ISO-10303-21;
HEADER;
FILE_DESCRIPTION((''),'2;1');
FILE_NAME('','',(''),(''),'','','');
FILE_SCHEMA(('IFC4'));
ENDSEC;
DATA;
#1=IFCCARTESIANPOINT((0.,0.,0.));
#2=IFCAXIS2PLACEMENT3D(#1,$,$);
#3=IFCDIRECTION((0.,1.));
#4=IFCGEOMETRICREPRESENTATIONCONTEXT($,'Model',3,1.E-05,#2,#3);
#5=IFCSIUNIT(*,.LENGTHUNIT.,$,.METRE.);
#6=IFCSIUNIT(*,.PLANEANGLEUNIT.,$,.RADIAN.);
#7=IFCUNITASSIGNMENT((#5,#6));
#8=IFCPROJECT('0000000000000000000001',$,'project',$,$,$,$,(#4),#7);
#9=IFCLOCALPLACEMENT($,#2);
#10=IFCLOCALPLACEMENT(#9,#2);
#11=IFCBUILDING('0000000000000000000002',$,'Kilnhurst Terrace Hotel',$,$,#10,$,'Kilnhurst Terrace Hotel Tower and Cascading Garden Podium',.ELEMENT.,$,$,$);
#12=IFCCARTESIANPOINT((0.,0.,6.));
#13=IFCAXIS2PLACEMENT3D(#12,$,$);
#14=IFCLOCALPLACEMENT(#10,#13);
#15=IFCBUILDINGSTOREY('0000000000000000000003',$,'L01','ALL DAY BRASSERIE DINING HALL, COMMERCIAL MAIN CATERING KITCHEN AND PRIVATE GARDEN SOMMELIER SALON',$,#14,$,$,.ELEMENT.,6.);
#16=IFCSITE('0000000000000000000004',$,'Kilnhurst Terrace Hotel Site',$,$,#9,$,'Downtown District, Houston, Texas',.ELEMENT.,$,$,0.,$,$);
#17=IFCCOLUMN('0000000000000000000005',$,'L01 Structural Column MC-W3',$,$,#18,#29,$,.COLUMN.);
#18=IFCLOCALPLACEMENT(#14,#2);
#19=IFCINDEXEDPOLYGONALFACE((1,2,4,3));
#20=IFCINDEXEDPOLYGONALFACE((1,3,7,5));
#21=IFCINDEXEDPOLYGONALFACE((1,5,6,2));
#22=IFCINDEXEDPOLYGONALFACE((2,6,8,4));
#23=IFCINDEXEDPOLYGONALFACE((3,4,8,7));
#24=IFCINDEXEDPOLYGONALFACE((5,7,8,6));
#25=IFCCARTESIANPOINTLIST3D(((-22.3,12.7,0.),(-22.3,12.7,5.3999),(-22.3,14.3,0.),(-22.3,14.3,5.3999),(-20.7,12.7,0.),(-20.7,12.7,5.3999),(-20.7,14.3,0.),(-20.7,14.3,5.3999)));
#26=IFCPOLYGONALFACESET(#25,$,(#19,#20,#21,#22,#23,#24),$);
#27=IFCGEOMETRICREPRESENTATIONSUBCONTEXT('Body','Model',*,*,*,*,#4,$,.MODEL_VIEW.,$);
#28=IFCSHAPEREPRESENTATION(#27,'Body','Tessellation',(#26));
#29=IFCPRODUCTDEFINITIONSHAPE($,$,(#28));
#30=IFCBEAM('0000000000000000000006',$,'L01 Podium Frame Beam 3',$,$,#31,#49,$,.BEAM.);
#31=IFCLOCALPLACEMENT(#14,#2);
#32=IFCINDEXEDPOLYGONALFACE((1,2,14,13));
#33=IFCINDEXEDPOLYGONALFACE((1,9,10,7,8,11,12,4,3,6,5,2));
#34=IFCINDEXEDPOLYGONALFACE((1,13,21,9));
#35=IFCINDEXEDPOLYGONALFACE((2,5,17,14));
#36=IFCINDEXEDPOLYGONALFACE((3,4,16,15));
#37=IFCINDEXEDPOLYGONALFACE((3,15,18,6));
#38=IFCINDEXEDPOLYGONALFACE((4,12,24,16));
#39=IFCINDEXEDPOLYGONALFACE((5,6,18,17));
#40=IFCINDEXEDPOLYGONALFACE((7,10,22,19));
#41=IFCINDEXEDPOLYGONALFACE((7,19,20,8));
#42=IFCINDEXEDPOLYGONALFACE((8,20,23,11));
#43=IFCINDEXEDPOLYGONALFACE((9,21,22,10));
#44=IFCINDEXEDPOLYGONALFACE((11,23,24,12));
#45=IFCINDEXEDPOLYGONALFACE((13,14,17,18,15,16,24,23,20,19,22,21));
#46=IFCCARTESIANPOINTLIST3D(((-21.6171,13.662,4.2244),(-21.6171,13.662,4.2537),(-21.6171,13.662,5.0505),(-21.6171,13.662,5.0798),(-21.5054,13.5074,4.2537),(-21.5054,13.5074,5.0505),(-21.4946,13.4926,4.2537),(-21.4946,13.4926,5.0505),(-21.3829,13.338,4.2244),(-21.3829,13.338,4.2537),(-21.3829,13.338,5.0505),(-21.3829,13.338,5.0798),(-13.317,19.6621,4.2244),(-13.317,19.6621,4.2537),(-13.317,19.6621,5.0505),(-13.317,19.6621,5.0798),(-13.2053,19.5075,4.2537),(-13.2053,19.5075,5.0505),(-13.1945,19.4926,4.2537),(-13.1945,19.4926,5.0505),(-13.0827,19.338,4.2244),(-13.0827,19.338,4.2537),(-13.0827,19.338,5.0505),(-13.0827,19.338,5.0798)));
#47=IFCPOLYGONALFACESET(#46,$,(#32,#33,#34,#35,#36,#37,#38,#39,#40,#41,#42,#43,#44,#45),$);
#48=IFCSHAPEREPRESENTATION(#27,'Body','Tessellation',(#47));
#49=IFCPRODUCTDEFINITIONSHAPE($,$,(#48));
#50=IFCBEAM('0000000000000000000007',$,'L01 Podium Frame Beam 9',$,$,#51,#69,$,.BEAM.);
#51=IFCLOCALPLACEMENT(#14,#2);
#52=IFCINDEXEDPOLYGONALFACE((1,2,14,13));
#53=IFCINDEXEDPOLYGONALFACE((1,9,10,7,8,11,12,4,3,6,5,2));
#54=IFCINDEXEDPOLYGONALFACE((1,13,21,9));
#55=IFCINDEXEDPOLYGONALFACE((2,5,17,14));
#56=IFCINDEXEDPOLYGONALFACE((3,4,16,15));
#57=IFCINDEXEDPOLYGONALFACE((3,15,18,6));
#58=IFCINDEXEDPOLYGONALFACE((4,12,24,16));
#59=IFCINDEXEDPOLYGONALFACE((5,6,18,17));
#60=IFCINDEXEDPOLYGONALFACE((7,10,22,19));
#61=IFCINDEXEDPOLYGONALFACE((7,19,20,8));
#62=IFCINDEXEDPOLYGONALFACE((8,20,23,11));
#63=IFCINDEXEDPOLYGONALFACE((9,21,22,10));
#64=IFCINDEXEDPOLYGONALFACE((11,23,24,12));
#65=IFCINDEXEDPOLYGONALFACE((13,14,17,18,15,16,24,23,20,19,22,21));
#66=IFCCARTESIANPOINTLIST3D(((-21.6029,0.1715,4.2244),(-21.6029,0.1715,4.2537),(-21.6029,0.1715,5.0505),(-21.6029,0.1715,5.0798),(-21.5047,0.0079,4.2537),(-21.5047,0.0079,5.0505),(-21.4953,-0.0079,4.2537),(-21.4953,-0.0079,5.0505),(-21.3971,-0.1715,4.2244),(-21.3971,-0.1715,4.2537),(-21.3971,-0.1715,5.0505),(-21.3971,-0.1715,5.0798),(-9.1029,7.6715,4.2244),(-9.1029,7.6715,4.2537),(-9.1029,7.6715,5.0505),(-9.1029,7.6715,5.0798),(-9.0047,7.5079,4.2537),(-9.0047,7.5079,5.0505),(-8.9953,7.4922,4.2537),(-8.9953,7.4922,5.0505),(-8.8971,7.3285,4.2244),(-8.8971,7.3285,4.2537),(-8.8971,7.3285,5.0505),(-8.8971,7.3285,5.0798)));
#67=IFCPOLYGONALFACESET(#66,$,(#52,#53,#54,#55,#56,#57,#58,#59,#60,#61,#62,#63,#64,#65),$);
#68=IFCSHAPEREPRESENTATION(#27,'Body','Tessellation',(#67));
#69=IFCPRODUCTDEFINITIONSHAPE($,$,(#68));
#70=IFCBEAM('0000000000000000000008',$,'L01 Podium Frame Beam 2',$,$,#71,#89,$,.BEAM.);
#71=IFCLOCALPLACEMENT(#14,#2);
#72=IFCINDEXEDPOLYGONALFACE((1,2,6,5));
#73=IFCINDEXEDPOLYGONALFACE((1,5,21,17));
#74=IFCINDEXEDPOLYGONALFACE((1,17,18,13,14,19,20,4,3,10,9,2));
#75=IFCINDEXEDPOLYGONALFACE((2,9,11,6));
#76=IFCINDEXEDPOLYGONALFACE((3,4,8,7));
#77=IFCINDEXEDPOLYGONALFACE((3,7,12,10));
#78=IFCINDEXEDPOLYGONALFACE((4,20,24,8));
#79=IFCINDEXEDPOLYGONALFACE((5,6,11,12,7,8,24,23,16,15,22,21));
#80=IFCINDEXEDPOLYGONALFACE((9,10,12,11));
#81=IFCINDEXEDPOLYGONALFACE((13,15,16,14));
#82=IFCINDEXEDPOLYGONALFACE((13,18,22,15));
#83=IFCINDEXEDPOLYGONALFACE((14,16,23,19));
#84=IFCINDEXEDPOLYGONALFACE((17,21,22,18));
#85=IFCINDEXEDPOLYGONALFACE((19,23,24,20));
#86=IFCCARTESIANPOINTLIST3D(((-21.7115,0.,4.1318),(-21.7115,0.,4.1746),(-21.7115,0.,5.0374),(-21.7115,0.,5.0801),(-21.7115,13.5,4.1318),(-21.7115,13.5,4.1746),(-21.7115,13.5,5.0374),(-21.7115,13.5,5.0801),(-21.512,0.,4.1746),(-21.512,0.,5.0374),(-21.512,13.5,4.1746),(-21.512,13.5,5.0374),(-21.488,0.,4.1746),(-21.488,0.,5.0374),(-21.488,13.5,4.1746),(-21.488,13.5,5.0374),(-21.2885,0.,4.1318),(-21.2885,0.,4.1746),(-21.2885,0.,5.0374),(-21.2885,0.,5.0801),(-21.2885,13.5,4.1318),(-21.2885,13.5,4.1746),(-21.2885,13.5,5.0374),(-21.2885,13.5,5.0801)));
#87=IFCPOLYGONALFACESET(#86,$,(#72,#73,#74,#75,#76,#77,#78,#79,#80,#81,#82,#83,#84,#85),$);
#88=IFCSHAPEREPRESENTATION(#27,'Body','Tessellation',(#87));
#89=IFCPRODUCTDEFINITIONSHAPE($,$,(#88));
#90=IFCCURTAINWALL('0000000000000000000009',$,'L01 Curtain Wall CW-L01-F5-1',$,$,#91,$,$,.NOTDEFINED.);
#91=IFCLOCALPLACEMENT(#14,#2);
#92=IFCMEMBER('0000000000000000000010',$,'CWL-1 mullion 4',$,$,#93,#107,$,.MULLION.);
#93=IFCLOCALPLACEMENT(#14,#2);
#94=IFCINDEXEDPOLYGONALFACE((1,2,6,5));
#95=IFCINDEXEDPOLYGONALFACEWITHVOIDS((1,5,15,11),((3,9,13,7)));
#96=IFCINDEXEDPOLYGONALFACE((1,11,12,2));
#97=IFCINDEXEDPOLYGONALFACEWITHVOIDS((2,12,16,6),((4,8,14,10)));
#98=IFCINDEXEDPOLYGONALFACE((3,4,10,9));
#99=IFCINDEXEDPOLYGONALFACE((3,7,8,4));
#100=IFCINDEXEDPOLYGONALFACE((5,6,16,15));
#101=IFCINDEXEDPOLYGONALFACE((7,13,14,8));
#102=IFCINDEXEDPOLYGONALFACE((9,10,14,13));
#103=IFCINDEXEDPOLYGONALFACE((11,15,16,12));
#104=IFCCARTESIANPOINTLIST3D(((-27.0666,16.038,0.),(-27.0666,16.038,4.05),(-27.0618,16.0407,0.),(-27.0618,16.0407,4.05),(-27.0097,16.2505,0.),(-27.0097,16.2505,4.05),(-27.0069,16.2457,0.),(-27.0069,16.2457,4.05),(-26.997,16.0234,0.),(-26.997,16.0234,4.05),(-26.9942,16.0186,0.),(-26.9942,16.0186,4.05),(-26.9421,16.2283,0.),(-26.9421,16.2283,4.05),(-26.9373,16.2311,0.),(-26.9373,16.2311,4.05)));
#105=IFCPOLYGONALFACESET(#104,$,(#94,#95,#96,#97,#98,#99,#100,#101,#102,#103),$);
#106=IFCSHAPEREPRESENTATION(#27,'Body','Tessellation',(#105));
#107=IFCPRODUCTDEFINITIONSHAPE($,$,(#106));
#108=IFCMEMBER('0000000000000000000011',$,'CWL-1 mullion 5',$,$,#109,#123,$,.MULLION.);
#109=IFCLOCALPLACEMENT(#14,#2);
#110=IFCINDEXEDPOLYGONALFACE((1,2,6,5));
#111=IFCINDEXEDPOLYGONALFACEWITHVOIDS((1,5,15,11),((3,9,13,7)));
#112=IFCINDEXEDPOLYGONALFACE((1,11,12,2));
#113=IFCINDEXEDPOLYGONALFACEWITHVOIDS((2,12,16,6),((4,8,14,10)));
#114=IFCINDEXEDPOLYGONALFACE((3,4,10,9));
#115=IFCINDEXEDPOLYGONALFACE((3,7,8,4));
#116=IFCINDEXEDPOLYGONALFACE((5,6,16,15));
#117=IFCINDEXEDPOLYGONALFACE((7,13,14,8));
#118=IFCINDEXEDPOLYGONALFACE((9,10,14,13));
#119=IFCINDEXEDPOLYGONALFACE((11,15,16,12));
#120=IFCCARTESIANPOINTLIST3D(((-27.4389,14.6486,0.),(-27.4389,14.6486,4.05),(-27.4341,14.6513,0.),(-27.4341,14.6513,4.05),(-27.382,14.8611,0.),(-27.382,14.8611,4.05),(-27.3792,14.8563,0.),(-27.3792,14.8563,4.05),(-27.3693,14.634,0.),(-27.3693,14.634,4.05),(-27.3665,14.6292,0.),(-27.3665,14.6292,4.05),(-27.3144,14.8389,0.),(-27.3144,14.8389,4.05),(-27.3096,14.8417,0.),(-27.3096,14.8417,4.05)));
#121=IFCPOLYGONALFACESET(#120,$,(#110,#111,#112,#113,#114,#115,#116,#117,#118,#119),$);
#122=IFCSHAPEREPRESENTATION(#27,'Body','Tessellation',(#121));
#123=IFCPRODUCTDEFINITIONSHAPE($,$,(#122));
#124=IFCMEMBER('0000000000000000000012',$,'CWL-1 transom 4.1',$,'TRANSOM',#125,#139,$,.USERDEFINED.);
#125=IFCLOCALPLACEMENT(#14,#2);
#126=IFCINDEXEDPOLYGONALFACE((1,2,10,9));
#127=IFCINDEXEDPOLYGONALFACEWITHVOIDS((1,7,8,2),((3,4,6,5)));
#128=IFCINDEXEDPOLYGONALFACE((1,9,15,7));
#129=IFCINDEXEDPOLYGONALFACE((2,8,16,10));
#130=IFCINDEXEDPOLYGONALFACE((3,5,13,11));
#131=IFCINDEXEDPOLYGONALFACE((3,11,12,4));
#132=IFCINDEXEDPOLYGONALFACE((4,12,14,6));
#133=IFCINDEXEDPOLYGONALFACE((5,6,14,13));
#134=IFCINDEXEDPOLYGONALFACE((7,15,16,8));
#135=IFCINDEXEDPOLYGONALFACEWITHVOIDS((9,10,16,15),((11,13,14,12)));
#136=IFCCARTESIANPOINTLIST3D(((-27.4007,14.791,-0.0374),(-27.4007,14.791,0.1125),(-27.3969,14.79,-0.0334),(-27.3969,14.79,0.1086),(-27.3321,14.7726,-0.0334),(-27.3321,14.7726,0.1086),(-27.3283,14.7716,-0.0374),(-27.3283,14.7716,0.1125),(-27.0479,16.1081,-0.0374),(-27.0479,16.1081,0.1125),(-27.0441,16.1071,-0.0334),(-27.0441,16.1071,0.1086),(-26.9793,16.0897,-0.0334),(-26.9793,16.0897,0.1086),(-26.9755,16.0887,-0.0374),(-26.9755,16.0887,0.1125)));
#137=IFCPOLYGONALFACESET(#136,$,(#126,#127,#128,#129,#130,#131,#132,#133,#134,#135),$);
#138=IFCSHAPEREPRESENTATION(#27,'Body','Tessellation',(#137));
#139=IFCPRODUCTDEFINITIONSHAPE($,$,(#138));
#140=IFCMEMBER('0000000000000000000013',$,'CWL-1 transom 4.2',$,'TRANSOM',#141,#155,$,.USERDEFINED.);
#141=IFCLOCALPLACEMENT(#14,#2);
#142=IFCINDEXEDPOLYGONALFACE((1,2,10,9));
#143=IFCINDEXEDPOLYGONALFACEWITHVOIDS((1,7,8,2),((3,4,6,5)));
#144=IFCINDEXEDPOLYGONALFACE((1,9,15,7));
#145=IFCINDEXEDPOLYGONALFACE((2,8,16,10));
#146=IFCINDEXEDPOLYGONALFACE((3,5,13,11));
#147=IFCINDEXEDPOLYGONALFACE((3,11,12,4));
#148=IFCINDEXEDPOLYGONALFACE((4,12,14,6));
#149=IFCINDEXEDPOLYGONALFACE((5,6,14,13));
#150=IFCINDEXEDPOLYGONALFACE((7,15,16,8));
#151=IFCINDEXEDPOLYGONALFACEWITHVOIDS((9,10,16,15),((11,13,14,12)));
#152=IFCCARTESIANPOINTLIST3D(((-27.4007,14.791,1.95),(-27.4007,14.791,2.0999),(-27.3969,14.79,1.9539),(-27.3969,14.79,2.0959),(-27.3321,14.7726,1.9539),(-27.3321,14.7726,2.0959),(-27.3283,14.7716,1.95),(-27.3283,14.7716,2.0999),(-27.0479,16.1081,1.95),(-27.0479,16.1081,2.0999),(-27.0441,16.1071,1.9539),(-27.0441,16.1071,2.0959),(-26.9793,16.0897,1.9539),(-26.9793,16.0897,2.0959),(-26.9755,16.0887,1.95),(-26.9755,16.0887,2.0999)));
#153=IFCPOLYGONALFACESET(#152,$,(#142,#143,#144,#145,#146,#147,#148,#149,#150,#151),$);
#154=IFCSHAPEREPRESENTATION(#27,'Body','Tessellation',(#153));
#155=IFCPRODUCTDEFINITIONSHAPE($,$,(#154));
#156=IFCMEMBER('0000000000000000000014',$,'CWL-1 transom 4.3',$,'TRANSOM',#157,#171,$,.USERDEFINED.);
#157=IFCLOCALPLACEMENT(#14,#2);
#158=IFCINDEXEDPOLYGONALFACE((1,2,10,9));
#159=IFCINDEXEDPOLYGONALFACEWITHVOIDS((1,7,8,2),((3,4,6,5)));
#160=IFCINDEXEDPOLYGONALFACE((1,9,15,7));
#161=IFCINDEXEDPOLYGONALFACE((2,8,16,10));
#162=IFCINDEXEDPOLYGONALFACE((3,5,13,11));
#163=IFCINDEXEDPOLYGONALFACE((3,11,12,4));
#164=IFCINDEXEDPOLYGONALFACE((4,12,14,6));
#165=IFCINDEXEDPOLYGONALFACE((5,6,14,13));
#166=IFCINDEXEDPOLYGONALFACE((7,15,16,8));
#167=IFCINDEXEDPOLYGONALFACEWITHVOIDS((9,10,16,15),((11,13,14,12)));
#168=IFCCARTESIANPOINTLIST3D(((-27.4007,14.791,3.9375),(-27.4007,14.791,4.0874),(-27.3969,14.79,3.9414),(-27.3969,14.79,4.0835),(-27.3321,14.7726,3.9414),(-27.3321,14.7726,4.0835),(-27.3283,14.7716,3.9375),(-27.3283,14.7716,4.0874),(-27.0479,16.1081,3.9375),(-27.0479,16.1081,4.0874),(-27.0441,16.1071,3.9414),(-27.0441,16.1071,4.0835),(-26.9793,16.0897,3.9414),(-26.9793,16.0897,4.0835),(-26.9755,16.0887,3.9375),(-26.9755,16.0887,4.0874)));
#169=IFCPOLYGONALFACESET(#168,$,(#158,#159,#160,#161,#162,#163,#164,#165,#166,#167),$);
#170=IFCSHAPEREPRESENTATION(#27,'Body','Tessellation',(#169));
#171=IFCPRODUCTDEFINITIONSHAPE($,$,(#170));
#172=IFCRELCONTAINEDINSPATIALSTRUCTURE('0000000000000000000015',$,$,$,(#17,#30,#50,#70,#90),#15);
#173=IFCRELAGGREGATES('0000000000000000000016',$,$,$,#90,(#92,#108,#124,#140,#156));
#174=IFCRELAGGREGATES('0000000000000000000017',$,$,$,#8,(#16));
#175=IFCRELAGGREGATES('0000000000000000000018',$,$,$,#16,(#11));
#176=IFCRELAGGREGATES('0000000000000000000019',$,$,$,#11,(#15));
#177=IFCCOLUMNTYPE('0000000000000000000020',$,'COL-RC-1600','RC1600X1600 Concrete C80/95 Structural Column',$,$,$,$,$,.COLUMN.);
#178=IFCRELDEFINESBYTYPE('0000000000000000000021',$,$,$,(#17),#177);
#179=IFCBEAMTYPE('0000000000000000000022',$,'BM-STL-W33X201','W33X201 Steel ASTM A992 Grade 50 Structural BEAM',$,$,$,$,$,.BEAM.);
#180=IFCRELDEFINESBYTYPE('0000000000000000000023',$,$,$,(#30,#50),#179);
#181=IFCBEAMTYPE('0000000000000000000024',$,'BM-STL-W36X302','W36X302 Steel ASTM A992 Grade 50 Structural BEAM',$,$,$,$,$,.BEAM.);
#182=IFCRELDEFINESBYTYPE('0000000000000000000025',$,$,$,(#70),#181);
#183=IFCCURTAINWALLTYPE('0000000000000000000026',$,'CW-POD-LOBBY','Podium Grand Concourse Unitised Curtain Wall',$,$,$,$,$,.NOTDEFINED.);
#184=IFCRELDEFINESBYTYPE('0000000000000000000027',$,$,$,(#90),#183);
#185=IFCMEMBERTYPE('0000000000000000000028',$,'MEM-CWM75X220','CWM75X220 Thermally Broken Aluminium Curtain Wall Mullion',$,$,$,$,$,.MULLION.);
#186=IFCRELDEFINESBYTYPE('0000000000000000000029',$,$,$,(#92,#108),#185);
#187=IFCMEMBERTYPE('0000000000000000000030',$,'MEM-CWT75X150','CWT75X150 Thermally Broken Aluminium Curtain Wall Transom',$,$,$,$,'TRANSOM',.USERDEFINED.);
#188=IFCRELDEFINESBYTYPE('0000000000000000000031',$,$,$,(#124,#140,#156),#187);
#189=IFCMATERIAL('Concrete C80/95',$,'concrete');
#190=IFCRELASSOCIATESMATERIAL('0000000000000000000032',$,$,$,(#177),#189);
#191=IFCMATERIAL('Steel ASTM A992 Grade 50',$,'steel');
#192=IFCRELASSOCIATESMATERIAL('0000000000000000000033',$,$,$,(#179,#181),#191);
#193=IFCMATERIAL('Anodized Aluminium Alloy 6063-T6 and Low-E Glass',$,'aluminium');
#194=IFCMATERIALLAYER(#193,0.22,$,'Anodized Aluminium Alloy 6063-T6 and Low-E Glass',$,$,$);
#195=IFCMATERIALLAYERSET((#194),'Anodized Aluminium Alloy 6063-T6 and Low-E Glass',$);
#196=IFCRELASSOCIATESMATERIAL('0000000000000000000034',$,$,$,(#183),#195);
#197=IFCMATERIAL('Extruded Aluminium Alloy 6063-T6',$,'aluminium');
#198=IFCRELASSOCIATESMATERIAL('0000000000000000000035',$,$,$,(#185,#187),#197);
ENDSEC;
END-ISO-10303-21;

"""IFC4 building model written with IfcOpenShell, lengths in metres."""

from ifc_helpers import new_model, si_unit, direction, frame, origin, origin_2d, place, context, subcontext, project, spatial, rectangle, hollow_rectangle, i_section, extrude, material, layer, layer_set, material_profile, profile_set, type_object, element, aggregate, save


model = new_model("IFC4")

# Units and contexts
model_context = context("Model", 3, precision=1e-05, world=origin(), true_north=direction((0.0, 1.0)))
body_context = subcontext(model_context, "Body", "Model", "MODEL_VIEW")
ifc_project = project(units=[si_unit("LENGTHUNIT", "METRE"), si_unit("PLANEANGLEUNIT", "RADIAN")], contexts=[model_context])

# Site, building, storey
site_placement = place(None, origin())
site = spatial("IfcSite", under=ifc_project, at=site_placement, Name="Kilnhurst Terrace Hotel Site", LongName="Downtown District, Houston, Texas", CompositionType="ELEMENT", RefElevation=0.0)
building_placement = place(site_placement, origin())
building = spatial("IfcBuilding", under=site, at=building_placement, Name="Kilnhurst Terrace Hotel", LongName="Kilnhurst Terrace Hotel Tower and Cascading Garden Podium", CompositionType="ELEMENT")
storey_placement = place(building_placement, frame((0.0, 0.0, 6.0)))
storey = spatial("IfcBuildingStorey", under=building, at=storey_placement, Name="L01", Description="ALL DAY BRASSERIE DINING HALL, COMMERCIAL MAIN CATERING KITCHEN AND PRIVATE GARDEN SOMMELIER SALON", CompositionType="ELEMENT", Elevation=6.0)

# Column
ifc_material_1 = material(Name="Concrete C80/95", Category="concrete")
ifc_material_profile_1 = material_profile(ifc_material_1, rectangle(XDim=1.6001, YDim=1.6001, at=origin_2d()), Name="RC1600X1600")
ifc_profile_set_1 = profile_set([ifc_material_profile_1], Name="Concrete C80/95")
column_type = type_object("IfcColumnType", Name="COL-RC-1600", Description="RC1600X1600 Concrete C80/95 Structural Column", PredefinedType="COLUMN", material=ifc_profile_set_1)
column_placement = place(storey_placement, frame((-21.5, 13.5, 0.0), z_axis=(0.0, 0.0, 1.0), x_axis=(1.0, 0.0, 0.0)))
element("IfcColumn", 1, at=column_placement, inside=storey, type_object=column_type, Name="L01 Structural Column MC-W3", PredefinedType="COLUMN", context=body_context, shape_type="SweptSolid", body=[
    extrude(rectangle(XDim=1.6001, YDim=1.6001, at=origin_2d()), origin(), (0.0, 0.0, 1.0), 5.3999),
])

# Beams
ifc_material_2 = material(Name="Steel ASTM A992 Grade 50", Category="steel")
ifc_material_profile_2 = material_profile(ifc_material_2, i_section(OverallWidth=0.3999, OverallDepth=0.8555, WebThickness=0.0183, FlangeThickness=0.0293, at=origin_2d()), Name="W33X201")
ifc_profile_set_2 = profile_set([ifc_material_profile_2], Name="Steel ASTM A992 Grade 50")
beam_type_1 = type_object("IfcBeamType", Name="BM-STL-W33X201", Description="W33X201 Steel ASTM A992 Grade 50 Structural BEAM", PredefinedType="BEAM", material=ifc_profile_set_2)
beam_1_placement = place(storey_placement, frame((-21.5, 13.5, 4.6521), z_axis=(0.810423, 0.585845, 0.0), x_axis=(-0.585845, 0.810423, 0.0)))
element("IfcBeam", 2, at=beam_1_placement, inside=storey, type_object=beam_type_1, Name="L01 Podium Frame Beam 3", PredefinedType="BEAM", context=body_context, shape_type="SweptSolid", body=[
    extrude(i_section(OverallWidth=0.3999, OverallDepth=0.8555, WebThickness=0.0183, FlangeThickness=0.0293, at=origin_2d()), origin(), (0.0, 0.0, 1.0), 10.2417),
])
beam_2_placement = place(storey_placement, frame((-21.5, 0.0, 4.6521), z_axis=(0.857493, 0.514496, 0.0), x_axis=(-0.514496, 0.857493, 0.0)))
element("IfcBeam", 3, at=beam_2_placement, inside=storey, type_object=beam_type_1, Name="L01 Podium Frame Beam 9", PredefinedType="BEAM", context=body_context, shape_type="SweptSolid", body=[
    extrude(i_section(OverallWidth=0.3999, OverallDepth=0.8555, WebThickness=0.0183, FlangeThickness=0.0293, at=origin_2d()), origin(), (0.0, 0.0, 1.0), 14.5774),
])
ifc_material_profile_3 = material_profile(ifc_material_2, i_section(OverallWidth=0.4231, OverallDepth=0.9482, WebThickness=0.0239, FlangeThickness=0.0427, at=origin_2d()), Name="W36X302")
ifc_profile_set_3 = profile_set([ifc_material_profile_3], Name="Steel ASTM A992 Grade 50")
beam_type_2 = type_object("IfcBeamType", Name="BM-STL-W36X302", Description="W36X302 Steel ASTM A992 Grade 50 Structural BEAM", PredefinedType="BEAM", material=ifc_profile_set_3)
beam_3_placement = place(storey_placement, frame((-21.5, 0.0, 4.606), z_axis=(0.0, 1.0, 0.0), x_axis=(-1.0, 0.0, 0.0)))
element("IfcBeam", 4, at=beam_3_placement, inside=storey, type_object=beam_type_2, Name="L01 Podium Frame Beam 2", PredefinedType="BEAM", context=body_context, shape_type="SweptSolid", body=[
    extrude(i_section(OverallWidth=0.4231, OverallDepth=0.9482, WebThickness=0.0239, FlangeThickness=0.0427, at=origin_2d()), origin(), (0.0, 0.0, 1.0), 13.5),
])

# Curtain wall, members
ifc_material_3 = material(Name="Anodized Aluminium Alloy 6063-T6 and Low-E Glass", Category="aluminium")
ifc_layer_1 = layer(ifc_material_3, 0.22, Name="Anodized Aluminium Alloy 6063-T6 and Low-E Glass")
ifc_layer_set_1 = layer_set([ifc_layer_1], Name="Anodized Aluminium Alloy 6063-T6 and Low-E Glass")
curtain_wall_type = type_object("IfcCurtainWallType", Name="CW-POD-LOBBY", Description="Podium Grand Concourse Unitised Curtain Wall", PredefinedType="NOTDEFINED", material=ifc_layer_set_1)
curtain_wall_placement = place(storey_placement, origin())
curtain_wall = element("IfcCurtainWall", 5, at=curtain_wall_placement, inside=storey, type_object=curtain_wall_type, Name="L01 Curtain Wall CW-L01-F5-1", PredefinedType="NOTDEFINED")
ifc_material_4 = material(Name="Extruded Aluminium Alloy 6063-T6", Category="aluminium")
ifc_material_profile_4 = material_profile(ifc_material_4, hollow_rectangle(XDim=0.075, YDim=0.22, WallThickness=0.0039, at=origin_2d()), Name="CWM75X220")
ifc_profile_set_4 = profile_set([ifc_material_profile_4], Name="Extruded Aluminium Alloy 6063-T6")
member_type_1 = type_object("IfcMemberType", Name="MEM-CWM75X220", Description="CWM75X220 Thermally Broken Aluminium Curtain Wall Mullion", PredefinedType="MULLION", material=ifc_profile_set_4)
member_1_placement = place(storey_placement, frame((-27.002, 16.1345, 0.0), z_axis=(0.0, 0.0, 1.0), x_axis=(0.96593, -0.258802, 0.0)))
member_1 = element("IfcMember", 6, at=member_1_placement, type_object=member_type_1, Name="CWL-1 mullion 4", PredefinedType="MULLION", context=body_context, shape_type="SweptSolid", body=[
    extrude(hollow_rectangle(XDim=0.075, YDim=0.22, WallThickness=0.0039, at=origin_2d()), origin(), (0.0, 0.0, 1.0), 4.05),
])
member_2_placement = place(storey_placement, frame((-27.3743, 14.7451, 0.0), z_axis=(0.0, 0.0, 1.0), x_axis=(0.96593, -0.258802, 0.0)))
member_2 = element("IfcMember", 7, at=member_2_placement, type_object=member_type_1, Name="CWL-1 mullion 5", PredefinedType="MULLION", context=body_context, shape_type="SweptSolid", body=[
    extrude(hollow_rectangle(XDim=0.075, YDim=0.22, WallThickness=0.0039, at=origin_2d()), origin(), (0.0, 0.0, 1.0), 4.05),
])
ifc_material_profile_5 = material_profile(ifc_material_4, hollow_rectangle(XDim=0.075, YDim=0.1499, WallThickness=0.0039, at=origin_2d()), Name="CWT75X150")
ifc_profile_set_5 = profile_set([ifc_material_profile_5], Name="Extruded Aluminium Alloy 6063-T6")
member_type_2 = type_object("IfcMemberType", Name="MEM-CWT75X150", Description="CWT75X150 Thermally Broken Aluminium Curtain Wall Transom", ElementType="TRANSOM", PredefinedType="USERDEFINED", material=ifc_profile_set_5)
member_3_placement = place(storey_placement, frame((-27.0117, 16.0984, 0.0376), z_axis=(-0.258721, -0.965952, 0.0), x_axis=(0.965952, -0.258721, 0.0)))
member_3 = element("IfcMember", 8, at=member_3_placement, type_object=member_type_2, Name="CWL-1 transom 4.1", ObjectType="TRANSOM", PredefinedType="USERDEFINED", context=body_context, shape_type="SweptSolid", body=[
    extrude(hollow_rectangle(XDim=0.075, YDim=0.1499, WallThickness=0.0039, at=origin_2d()), origin(), (0.0, 0.0, 1.0), 1.3635),
])
member_4_placement = place(storey_placement, frame((-27.0117, 16.0984, 2.0249), z_axis=(-0.258721, -0.965952, 0.0), x_axis=(0.965952, -0.258721, 0.0)))
member_4 = element("IfcMember", 9, at=member_4_placement, type_object=member_type_2, Name="CWL-1 transom 4.2", ObjectType="TRANSOM", PredefinedType="USERDEFINED", context=body_context, shape_type="SweptSolid", body=[
    extrude(hollow_rectangle(XDim=0.075, YDim=0.1499, WallThickness=0.0039, at=origin_2d()), origin(), (0.0, 0.0, 1.0), 1.3635),
])
member_5_placement = place(storey_placement, frame((-27.0117, 16.0984, 4.0125), z_axis=(-0.258721, -0.965952, 0.0), x_axis=(0.965952, -0.258721, 0.0)))
member_5 = element("IfcMember", 10, at=member_5_placement, type_object=member_type_2, Name="CWL-1 transom 4.3", ObjectType="TRANSOM", PredefinedType="USERDEFINED", context=body_context, shape_type="SweptSolid", body=[
    extrude(hollow_rectangle(XDim=0.075, YDim=0.1499, WallThickness=0.0039, at=origin_2d()), origin(), (0.0, 0.0, 1.0), 1.3635),
])
aggregate(curtain_wall, [member_1, member_2, member_3, member_4, member_5])

save(model, "model.ifc")
